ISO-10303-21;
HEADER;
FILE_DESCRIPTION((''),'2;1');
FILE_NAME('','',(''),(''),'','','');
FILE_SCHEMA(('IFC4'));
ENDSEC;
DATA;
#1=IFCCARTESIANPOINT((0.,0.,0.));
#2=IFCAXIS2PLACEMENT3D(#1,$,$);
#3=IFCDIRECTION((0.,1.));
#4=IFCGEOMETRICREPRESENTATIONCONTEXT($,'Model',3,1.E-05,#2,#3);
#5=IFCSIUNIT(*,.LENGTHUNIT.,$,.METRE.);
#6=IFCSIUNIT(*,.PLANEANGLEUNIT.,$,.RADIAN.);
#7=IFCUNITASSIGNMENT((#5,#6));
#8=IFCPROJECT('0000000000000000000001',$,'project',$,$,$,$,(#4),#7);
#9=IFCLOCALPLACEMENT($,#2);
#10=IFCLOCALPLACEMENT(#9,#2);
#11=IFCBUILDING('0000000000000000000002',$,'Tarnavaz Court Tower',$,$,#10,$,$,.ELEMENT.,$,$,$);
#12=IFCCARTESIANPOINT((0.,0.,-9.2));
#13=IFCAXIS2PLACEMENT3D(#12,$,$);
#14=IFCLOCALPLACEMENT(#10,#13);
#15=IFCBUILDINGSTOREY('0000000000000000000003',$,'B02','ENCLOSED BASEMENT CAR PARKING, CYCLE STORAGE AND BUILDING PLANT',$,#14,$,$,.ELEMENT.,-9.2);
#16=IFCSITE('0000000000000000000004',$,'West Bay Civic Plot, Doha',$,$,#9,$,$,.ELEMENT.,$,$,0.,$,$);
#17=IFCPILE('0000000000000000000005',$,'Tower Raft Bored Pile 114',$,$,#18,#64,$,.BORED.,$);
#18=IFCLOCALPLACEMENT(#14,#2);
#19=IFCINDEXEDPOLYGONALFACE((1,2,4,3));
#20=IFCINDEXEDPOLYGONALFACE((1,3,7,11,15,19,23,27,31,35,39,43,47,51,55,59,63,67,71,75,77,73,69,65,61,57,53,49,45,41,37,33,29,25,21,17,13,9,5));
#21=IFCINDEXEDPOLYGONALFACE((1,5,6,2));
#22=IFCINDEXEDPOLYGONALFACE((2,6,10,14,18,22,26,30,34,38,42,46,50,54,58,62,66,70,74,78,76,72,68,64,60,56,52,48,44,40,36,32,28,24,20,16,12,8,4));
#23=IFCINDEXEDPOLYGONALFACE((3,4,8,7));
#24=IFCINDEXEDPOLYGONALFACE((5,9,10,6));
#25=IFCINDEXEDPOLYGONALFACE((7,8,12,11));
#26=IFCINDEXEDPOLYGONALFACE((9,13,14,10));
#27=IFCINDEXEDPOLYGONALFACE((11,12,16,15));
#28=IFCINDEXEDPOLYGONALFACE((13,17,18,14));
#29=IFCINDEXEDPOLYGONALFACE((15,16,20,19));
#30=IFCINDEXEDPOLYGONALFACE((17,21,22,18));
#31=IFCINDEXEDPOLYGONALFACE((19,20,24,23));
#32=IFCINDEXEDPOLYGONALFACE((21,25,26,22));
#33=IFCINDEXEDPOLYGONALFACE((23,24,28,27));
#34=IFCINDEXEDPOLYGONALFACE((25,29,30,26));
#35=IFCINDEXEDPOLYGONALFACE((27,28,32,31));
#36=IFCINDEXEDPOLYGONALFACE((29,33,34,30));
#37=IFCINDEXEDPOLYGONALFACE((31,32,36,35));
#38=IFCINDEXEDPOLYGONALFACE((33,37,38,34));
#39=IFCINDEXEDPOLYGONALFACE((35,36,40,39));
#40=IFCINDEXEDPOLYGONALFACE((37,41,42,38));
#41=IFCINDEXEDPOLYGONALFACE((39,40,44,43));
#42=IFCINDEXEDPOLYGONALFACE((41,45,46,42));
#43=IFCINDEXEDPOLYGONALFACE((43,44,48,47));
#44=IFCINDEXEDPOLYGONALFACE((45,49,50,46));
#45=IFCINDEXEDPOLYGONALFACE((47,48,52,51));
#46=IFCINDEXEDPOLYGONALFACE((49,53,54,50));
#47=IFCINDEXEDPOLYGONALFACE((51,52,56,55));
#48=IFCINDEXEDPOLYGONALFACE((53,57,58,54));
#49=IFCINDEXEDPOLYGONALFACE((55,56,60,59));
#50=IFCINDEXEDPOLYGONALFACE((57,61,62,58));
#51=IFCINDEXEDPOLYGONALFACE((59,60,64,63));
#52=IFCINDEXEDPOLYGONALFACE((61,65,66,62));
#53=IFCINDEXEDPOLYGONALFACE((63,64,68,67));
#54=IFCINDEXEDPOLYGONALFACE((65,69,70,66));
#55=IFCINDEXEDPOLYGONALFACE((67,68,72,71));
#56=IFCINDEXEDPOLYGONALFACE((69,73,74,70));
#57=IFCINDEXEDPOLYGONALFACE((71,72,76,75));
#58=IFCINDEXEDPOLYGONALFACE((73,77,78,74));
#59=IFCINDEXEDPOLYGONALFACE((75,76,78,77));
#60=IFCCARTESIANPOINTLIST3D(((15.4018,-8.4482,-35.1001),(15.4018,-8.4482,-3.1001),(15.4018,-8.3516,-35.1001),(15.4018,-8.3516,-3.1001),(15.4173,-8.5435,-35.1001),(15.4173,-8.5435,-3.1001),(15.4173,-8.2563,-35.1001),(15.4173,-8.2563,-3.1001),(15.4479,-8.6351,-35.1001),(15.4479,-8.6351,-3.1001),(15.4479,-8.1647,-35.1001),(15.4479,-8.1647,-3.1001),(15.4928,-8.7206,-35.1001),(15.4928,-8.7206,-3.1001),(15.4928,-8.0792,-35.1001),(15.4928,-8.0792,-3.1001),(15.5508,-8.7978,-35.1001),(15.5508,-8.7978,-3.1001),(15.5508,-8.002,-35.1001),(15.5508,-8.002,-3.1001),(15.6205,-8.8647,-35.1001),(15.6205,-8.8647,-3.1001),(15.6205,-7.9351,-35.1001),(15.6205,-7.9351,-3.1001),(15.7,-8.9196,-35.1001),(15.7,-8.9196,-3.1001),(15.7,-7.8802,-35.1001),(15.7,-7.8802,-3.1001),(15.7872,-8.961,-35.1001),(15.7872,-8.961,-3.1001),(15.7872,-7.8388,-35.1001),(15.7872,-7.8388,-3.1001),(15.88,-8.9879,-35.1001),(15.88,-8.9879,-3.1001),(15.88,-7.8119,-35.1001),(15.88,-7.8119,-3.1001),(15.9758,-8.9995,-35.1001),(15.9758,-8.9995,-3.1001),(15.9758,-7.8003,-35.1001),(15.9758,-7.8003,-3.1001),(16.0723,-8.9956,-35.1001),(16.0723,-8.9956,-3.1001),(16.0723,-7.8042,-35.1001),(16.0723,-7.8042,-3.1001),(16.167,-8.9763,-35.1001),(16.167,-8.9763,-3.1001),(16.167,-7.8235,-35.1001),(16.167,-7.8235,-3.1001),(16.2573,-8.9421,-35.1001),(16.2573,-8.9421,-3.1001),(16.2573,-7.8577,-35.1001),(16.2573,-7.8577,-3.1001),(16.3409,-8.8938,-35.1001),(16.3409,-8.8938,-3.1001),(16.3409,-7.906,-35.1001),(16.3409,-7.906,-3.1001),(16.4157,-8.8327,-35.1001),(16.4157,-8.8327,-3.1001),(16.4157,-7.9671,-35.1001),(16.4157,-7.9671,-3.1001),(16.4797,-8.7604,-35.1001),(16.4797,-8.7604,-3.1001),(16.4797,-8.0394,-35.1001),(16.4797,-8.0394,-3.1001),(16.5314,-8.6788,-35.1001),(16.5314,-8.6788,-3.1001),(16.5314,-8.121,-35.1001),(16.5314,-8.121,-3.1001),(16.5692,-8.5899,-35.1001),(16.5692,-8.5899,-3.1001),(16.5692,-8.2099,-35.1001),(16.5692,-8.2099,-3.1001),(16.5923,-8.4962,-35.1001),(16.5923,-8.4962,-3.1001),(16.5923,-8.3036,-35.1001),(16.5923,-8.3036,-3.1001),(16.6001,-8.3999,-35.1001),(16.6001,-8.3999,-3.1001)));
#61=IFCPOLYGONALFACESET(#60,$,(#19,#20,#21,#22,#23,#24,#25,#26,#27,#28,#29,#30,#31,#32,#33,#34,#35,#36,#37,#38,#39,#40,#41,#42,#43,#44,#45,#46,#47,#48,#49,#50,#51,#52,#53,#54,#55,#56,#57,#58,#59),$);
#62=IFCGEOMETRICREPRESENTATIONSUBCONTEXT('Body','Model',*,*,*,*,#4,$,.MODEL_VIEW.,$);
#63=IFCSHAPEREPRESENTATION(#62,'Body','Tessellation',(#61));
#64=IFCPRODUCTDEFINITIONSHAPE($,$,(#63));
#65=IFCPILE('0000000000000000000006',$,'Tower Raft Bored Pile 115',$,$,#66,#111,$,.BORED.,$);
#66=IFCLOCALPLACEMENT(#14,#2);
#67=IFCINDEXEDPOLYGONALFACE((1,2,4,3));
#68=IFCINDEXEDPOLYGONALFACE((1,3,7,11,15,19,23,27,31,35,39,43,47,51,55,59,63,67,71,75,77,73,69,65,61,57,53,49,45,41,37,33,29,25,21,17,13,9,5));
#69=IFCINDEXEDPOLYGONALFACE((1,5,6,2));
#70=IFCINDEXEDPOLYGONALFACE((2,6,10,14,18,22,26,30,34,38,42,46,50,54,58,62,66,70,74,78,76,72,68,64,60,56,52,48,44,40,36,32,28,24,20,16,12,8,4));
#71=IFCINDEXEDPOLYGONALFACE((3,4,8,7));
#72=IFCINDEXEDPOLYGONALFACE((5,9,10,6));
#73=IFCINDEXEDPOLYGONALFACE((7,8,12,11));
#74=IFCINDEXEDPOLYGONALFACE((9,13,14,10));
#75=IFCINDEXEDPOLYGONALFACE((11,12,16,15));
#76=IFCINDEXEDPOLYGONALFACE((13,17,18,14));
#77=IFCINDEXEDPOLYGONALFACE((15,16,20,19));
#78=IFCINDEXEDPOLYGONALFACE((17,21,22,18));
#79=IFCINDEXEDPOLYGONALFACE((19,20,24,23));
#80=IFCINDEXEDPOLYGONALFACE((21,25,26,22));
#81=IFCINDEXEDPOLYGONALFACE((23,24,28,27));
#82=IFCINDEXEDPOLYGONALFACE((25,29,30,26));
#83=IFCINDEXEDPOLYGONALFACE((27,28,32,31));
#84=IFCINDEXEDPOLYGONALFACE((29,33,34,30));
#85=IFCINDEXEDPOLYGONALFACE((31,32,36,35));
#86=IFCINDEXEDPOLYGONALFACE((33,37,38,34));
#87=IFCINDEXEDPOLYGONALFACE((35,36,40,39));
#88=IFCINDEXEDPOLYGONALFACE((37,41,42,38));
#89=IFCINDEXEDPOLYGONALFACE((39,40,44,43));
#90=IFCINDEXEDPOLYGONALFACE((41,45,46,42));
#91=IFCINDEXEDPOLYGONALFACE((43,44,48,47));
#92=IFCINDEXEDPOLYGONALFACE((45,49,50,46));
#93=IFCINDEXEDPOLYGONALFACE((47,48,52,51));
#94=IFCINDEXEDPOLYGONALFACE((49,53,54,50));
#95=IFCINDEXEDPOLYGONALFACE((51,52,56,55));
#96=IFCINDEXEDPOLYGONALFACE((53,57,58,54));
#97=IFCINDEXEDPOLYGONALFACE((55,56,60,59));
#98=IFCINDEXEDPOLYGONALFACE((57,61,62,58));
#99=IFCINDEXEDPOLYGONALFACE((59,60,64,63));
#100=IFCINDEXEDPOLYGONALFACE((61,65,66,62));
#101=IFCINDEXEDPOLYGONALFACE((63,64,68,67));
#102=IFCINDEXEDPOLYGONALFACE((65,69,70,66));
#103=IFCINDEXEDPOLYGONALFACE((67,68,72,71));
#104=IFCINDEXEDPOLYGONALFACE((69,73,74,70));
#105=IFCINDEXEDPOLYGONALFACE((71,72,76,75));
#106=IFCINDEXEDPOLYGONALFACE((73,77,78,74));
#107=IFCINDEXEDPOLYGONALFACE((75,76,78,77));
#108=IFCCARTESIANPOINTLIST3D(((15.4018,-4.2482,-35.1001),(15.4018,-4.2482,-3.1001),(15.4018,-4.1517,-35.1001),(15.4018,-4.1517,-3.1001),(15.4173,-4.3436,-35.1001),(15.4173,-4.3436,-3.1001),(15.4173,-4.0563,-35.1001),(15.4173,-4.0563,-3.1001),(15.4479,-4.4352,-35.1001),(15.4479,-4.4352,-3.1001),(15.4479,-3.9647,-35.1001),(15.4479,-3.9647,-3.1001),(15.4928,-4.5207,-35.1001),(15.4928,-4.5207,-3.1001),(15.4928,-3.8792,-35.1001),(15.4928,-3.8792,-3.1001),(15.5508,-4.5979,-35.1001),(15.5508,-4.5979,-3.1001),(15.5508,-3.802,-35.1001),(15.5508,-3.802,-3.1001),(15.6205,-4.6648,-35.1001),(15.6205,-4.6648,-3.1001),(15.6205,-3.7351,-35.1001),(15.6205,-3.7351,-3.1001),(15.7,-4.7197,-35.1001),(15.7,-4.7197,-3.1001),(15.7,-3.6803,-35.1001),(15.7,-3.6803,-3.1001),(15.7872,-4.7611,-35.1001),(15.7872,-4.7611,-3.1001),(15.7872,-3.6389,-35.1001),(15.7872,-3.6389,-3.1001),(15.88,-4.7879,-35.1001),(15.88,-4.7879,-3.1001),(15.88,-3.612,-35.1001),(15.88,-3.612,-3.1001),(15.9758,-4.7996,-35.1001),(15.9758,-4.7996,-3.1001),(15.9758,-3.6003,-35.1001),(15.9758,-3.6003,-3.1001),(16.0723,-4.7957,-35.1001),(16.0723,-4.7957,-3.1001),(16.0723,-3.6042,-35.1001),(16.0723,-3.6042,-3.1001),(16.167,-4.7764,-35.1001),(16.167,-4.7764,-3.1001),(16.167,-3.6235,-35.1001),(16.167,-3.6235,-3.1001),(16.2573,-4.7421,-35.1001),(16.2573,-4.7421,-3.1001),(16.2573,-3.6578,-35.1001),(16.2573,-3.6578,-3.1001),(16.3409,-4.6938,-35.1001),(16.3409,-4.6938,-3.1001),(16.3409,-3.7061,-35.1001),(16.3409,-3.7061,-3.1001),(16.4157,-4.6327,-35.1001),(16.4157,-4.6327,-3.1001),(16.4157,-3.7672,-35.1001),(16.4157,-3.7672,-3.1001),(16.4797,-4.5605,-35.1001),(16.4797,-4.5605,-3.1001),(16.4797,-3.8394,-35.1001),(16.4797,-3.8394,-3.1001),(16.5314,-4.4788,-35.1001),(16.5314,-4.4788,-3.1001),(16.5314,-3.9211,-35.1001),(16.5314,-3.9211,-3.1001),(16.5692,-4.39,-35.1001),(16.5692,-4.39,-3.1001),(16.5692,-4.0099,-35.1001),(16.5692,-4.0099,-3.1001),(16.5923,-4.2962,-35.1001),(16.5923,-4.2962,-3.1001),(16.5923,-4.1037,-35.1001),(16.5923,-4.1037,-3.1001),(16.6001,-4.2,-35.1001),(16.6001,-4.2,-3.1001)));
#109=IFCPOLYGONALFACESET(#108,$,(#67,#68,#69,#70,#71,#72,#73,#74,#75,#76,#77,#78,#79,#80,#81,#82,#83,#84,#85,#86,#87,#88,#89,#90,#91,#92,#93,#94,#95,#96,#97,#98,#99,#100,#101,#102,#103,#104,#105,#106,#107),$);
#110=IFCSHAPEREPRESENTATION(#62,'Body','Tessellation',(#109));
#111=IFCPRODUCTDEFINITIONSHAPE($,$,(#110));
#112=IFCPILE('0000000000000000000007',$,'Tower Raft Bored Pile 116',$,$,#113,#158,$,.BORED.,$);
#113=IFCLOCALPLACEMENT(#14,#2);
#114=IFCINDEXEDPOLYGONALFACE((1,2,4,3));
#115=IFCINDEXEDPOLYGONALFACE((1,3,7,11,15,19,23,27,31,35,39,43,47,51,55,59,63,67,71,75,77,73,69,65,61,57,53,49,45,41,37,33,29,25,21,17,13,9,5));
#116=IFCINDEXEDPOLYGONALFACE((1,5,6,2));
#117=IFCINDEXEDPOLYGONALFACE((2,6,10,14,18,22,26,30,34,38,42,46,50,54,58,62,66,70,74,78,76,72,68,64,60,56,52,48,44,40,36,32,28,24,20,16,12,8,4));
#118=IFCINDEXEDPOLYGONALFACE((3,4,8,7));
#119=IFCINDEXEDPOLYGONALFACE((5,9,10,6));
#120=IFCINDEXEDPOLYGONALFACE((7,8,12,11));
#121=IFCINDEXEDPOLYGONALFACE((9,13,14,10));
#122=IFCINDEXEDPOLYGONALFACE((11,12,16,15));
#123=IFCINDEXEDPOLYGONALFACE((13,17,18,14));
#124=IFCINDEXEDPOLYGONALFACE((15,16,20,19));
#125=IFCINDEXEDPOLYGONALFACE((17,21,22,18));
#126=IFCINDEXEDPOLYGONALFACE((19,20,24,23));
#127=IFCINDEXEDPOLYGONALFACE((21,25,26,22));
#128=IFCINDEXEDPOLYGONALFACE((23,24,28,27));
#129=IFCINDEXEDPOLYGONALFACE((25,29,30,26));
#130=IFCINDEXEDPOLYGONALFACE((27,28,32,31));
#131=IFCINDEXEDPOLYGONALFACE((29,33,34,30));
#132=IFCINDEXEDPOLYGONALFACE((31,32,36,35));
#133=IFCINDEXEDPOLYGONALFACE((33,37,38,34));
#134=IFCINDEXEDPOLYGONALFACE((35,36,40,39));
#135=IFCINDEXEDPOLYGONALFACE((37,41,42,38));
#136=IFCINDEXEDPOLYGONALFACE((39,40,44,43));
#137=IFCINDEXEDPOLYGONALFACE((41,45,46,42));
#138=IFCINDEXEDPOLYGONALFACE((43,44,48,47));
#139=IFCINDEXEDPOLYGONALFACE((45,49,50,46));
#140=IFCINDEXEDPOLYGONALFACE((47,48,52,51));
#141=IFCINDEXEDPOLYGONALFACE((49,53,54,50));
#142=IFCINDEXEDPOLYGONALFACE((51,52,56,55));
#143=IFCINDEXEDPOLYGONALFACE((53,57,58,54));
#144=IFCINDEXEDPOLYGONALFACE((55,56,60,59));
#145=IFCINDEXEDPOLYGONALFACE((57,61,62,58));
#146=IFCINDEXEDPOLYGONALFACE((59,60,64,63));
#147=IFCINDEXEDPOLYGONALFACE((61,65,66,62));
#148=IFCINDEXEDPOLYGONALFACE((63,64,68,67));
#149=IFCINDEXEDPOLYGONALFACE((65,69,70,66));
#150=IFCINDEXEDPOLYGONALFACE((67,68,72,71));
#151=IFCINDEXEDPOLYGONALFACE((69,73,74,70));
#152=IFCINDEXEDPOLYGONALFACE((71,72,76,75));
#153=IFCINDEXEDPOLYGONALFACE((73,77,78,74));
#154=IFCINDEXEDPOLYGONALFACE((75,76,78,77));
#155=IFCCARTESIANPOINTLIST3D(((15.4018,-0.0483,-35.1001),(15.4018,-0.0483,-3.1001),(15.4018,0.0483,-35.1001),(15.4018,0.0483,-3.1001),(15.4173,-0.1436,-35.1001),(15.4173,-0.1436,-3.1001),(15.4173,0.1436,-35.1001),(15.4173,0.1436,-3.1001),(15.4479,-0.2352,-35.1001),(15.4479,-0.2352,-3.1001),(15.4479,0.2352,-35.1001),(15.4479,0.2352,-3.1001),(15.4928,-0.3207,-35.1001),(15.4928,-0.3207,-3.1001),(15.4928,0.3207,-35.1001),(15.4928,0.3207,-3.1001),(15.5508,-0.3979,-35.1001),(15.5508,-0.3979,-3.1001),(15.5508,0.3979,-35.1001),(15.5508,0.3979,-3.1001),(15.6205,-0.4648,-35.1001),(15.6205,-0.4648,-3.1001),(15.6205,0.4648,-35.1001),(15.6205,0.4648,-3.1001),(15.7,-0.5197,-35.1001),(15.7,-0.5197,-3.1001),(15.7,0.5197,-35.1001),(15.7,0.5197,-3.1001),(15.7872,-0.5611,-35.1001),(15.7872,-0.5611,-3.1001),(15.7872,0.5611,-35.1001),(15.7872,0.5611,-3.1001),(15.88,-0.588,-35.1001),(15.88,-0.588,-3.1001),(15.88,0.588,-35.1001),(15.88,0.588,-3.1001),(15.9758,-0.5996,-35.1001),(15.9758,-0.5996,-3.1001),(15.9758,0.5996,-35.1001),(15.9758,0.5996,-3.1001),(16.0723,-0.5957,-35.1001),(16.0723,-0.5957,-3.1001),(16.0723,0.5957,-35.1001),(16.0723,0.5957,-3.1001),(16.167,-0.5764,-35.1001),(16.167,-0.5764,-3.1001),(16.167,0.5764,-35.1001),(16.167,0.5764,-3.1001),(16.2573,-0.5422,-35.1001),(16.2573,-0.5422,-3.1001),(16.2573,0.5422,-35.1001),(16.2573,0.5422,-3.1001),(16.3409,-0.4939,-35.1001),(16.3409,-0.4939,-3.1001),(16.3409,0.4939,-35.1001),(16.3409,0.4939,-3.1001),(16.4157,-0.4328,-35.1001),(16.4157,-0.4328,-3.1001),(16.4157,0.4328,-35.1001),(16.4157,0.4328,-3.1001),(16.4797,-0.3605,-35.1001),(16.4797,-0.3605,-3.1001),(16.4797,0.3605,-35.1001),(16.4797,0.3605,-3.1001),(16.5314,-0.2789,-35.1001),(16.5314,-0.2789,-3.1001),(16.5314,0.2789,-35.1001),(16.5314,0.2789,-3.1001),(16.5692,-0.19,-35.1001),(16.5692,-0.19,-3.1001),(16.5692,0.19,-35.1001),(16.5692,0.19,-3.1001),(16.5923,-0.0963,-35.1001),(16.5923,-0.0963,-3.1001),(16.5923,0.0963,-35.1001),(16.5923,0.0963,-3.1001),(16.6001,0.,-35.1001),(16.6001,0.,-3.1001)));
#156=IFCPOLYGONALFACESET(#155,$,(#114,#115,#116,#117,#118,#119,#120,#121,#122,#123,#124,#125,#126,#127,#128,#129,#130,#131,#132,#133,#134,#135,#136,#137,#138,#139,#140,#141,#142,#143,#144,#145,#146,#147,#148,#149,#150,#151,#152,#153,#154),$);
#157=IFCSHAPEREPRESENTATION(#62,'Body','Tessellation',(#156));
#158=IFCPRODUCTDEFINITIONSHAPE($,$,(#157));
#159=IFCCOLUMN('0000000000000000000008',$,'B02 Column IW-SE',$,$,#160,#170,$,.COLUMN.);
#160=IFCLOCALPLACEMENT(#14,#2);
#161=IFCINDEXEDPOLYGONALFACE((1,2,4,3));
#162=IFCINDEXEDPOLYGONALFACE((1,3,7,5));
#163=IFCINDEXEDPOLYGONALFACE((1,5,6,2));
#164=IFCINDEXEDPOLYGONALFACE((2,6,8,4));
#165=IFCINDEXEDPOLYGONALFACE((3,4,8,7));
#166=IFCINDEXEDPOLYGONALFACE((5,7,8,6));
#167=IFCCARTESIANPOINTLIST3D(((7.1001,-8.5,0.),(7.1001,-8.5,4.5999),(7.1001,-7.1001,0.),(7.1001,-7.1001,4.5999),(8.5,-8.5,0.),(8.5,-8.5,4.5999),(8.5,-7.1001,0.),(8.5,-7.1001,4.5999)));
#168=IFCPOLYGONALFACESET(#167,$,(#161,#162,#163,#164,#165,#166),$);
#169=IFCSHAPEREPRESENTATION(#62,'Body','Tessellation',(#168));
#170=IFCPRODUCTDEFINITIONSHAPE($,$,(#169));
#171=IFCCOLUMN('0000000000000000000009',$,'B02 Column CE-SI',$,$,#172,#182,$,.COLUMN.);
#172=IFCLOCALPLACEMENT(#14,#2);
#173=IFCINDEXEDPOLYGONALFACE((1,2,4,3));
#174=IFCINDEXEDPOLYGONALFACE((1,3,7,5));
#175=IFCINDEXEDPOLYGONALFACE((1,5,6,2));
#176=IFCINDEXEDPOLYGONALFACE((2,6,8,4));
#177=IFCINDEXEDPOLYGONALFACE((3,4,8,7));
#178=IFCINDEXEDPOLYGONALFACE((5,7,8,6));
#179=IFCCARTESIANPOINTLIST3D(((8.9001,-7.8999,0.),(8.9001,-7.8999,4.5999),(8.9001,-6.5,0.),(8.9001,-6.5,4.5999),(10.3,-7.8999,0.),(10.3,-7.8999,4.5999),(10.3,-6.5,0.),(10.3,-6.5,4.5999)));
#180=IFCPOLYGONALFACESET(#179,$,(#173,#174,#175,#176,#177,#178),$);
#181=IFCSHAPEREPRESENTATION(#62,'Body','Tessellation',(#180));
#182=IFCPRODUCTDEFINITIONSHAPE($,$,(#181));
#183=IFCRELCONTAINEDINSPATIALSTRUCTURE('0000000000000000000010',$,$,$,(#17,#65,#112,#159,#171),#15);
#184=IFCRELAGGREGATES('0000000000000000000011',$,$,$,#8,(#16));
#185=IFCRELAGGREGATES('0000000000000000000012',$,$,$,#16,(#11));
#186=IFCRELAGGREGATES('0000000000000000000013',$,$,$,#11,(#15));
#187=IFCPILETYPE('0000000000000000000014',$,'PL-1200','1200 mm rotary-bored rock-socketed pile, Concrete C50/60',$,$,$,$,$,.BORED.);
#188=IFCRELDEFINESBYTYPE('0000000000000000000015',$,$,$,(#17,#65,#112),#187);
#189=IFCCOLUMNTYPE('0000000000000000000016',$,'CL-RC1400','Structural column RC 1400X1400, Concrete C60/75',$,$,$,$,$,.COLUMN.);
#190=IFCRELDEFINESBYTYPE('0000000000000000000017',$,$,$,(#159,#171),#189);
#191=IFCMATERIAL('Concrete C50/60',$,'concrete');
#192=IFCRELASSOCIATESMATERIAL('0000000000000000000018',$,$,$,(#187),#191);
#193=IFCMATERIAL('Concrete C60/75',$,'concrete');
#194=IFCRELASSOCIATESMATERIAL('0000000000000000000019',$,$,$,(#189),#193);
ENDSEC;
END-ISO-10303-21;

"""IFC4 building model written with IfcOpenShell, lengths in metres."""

from ifc_helpers import new_model, si_unit, direction, frame, origin, origin_2d, place, context, subcontext, project, spatial, rectangle, circle, extrude, material, material_profile, profile_set, type_object, element, save


model = new_model("IFC4")

# Units and contexts
model_context = context("Model", 3, precision=1e-05, world=origin(), true_north=direction((0.0, 1.0)))
body_context = subcontext(model_context, "Body", "Model", "MODEL_VIEW")
ifc_project = project(units=[si_unit("LENGTHUNIT", "METRE"), si_unit("PLANEANGLEUNIT", "RADIAN")], contexts=[model_context])

# Site, building, storey
site_placement = place(None, origin())
site = spatial("IfcSite", under=ifc_project, at=site_placement, Name="West Bay Civic Plot, Doha", CompositionType="ELEMENT", RefElevation=0.0)
building_placement = place(site_placement, origin())
building = spatial("IfcBuilding", under=site, at=building_placement, Name="Tarnavaz Court Tower", CompositionType="ELEMENT")
storey_placement = place(building_placement, frame((0.0, 0.0, -9.2)))
storey = spatial("IfcBuildingStorey", under=building, at=storey_placement, Name="B02", Description="ENCLOSED BASEMENT CAR PARKING, CYCLE STORAGE AND BUILDING PLANT", CompositionType="ELEMENT", Elevation=-9.2)

# Piles
ifc_material_1 = material(Name="Concrete C50/60", Category="concrete")
ifc_material_profile_1 = material_profile(ifc_material_1, circle(Radius=0.6001, at=origin_2d()), Name="PILE D1200")
ifc_profile_set_1 = profile_set([ifc_material_profile_1], Name="Concrete C50/60")
pile_type = type_object("IfcPileType", Name="PL-1200", Description="1200 mm rotary-bored rock-socketed pile, Concrete C50/60", PredefinedType="BORED", material=ifc_profile_set_1)
for number, where, z_axis, x_axis, name in (
    (1, (16.0, -8.3999, -3.1001), (0.0, 0.0, -1.0), (1.0, 0.0, 0.0), "Tower Raft Bored Pile 114"),
    (2, (16.0, -4.2, -3.1001), (0.0, 0.0, -1.0), (1.0, 0.0, 0.0), "Tower Raft Bored Pile 115"),
    (3, (16.0, 0.0, -3.1001), (0.0, 0.0, -1.0), (1.0, 0.0, 0.0), "Tower Raft Bored Pile 116"),
):
    element("IfcPile", number, at=place(storey_placement, frame(where, z_axis=z_axis, x_axis=x_axis)), inside=storey, type_object=pile_type, Name=name, PredefinedType="BORED", context=body_context, shape_type="SweptSolid", body=[
        extrude(circle(Radius=0.6001, at=origin_2d()), origin(), (0.0, 0.0, 1.0), 32.0),
    ])

# Columns
ifc_material_2 = material(Name="Concrete C60/75", Category="concrete")
ifc_material_profile_2 = material_profile(ifc_material_2, rectangle(XDim=1.3999, YDim=1.3999, at=origin_2d()), Name="RC 1400X1400")
ifc_profile_set_2 = profile_set([ifc_material_profile_2], Name="Concrete C60/75")
column_type = type_object("IfcColumnType", Name="CL-RC1400", Description="Structural column RC 1400X1400, Concrete C60/75", PredefinedType="COLUMN", material=ifc_profile_set_2)
for number, where, z_axis, x_axis, name in (
    (4, (7.8, -7.8, 0.0), (0.0, 0.0, 1.0), (1.0, 0.0, 0.0), "B02 Column IW-SE"),
    (5, (9.6001, -7.2, 0.0), (0.0, 0.0, 1.0), (1.0, 0.0, 0.0), "B02 Column CE-SI"),
):
    element("IfcColumn", number, at=place(storey_placement, frame(where, z_axis=z_axis, x_axis=x_axis)), inside=storey, type_object=column_type, Name=name, PredefinedType="COLUMN", context=body_context, shape_type="SweptSolid", body=[
        extrude(rectangle(XDim=1.3999, YDim=1.3999, at=origin_2d()), origin(), (0.0, 0.0, 1.0), 4.5999),
    ])

save(model, "model.ifc")
